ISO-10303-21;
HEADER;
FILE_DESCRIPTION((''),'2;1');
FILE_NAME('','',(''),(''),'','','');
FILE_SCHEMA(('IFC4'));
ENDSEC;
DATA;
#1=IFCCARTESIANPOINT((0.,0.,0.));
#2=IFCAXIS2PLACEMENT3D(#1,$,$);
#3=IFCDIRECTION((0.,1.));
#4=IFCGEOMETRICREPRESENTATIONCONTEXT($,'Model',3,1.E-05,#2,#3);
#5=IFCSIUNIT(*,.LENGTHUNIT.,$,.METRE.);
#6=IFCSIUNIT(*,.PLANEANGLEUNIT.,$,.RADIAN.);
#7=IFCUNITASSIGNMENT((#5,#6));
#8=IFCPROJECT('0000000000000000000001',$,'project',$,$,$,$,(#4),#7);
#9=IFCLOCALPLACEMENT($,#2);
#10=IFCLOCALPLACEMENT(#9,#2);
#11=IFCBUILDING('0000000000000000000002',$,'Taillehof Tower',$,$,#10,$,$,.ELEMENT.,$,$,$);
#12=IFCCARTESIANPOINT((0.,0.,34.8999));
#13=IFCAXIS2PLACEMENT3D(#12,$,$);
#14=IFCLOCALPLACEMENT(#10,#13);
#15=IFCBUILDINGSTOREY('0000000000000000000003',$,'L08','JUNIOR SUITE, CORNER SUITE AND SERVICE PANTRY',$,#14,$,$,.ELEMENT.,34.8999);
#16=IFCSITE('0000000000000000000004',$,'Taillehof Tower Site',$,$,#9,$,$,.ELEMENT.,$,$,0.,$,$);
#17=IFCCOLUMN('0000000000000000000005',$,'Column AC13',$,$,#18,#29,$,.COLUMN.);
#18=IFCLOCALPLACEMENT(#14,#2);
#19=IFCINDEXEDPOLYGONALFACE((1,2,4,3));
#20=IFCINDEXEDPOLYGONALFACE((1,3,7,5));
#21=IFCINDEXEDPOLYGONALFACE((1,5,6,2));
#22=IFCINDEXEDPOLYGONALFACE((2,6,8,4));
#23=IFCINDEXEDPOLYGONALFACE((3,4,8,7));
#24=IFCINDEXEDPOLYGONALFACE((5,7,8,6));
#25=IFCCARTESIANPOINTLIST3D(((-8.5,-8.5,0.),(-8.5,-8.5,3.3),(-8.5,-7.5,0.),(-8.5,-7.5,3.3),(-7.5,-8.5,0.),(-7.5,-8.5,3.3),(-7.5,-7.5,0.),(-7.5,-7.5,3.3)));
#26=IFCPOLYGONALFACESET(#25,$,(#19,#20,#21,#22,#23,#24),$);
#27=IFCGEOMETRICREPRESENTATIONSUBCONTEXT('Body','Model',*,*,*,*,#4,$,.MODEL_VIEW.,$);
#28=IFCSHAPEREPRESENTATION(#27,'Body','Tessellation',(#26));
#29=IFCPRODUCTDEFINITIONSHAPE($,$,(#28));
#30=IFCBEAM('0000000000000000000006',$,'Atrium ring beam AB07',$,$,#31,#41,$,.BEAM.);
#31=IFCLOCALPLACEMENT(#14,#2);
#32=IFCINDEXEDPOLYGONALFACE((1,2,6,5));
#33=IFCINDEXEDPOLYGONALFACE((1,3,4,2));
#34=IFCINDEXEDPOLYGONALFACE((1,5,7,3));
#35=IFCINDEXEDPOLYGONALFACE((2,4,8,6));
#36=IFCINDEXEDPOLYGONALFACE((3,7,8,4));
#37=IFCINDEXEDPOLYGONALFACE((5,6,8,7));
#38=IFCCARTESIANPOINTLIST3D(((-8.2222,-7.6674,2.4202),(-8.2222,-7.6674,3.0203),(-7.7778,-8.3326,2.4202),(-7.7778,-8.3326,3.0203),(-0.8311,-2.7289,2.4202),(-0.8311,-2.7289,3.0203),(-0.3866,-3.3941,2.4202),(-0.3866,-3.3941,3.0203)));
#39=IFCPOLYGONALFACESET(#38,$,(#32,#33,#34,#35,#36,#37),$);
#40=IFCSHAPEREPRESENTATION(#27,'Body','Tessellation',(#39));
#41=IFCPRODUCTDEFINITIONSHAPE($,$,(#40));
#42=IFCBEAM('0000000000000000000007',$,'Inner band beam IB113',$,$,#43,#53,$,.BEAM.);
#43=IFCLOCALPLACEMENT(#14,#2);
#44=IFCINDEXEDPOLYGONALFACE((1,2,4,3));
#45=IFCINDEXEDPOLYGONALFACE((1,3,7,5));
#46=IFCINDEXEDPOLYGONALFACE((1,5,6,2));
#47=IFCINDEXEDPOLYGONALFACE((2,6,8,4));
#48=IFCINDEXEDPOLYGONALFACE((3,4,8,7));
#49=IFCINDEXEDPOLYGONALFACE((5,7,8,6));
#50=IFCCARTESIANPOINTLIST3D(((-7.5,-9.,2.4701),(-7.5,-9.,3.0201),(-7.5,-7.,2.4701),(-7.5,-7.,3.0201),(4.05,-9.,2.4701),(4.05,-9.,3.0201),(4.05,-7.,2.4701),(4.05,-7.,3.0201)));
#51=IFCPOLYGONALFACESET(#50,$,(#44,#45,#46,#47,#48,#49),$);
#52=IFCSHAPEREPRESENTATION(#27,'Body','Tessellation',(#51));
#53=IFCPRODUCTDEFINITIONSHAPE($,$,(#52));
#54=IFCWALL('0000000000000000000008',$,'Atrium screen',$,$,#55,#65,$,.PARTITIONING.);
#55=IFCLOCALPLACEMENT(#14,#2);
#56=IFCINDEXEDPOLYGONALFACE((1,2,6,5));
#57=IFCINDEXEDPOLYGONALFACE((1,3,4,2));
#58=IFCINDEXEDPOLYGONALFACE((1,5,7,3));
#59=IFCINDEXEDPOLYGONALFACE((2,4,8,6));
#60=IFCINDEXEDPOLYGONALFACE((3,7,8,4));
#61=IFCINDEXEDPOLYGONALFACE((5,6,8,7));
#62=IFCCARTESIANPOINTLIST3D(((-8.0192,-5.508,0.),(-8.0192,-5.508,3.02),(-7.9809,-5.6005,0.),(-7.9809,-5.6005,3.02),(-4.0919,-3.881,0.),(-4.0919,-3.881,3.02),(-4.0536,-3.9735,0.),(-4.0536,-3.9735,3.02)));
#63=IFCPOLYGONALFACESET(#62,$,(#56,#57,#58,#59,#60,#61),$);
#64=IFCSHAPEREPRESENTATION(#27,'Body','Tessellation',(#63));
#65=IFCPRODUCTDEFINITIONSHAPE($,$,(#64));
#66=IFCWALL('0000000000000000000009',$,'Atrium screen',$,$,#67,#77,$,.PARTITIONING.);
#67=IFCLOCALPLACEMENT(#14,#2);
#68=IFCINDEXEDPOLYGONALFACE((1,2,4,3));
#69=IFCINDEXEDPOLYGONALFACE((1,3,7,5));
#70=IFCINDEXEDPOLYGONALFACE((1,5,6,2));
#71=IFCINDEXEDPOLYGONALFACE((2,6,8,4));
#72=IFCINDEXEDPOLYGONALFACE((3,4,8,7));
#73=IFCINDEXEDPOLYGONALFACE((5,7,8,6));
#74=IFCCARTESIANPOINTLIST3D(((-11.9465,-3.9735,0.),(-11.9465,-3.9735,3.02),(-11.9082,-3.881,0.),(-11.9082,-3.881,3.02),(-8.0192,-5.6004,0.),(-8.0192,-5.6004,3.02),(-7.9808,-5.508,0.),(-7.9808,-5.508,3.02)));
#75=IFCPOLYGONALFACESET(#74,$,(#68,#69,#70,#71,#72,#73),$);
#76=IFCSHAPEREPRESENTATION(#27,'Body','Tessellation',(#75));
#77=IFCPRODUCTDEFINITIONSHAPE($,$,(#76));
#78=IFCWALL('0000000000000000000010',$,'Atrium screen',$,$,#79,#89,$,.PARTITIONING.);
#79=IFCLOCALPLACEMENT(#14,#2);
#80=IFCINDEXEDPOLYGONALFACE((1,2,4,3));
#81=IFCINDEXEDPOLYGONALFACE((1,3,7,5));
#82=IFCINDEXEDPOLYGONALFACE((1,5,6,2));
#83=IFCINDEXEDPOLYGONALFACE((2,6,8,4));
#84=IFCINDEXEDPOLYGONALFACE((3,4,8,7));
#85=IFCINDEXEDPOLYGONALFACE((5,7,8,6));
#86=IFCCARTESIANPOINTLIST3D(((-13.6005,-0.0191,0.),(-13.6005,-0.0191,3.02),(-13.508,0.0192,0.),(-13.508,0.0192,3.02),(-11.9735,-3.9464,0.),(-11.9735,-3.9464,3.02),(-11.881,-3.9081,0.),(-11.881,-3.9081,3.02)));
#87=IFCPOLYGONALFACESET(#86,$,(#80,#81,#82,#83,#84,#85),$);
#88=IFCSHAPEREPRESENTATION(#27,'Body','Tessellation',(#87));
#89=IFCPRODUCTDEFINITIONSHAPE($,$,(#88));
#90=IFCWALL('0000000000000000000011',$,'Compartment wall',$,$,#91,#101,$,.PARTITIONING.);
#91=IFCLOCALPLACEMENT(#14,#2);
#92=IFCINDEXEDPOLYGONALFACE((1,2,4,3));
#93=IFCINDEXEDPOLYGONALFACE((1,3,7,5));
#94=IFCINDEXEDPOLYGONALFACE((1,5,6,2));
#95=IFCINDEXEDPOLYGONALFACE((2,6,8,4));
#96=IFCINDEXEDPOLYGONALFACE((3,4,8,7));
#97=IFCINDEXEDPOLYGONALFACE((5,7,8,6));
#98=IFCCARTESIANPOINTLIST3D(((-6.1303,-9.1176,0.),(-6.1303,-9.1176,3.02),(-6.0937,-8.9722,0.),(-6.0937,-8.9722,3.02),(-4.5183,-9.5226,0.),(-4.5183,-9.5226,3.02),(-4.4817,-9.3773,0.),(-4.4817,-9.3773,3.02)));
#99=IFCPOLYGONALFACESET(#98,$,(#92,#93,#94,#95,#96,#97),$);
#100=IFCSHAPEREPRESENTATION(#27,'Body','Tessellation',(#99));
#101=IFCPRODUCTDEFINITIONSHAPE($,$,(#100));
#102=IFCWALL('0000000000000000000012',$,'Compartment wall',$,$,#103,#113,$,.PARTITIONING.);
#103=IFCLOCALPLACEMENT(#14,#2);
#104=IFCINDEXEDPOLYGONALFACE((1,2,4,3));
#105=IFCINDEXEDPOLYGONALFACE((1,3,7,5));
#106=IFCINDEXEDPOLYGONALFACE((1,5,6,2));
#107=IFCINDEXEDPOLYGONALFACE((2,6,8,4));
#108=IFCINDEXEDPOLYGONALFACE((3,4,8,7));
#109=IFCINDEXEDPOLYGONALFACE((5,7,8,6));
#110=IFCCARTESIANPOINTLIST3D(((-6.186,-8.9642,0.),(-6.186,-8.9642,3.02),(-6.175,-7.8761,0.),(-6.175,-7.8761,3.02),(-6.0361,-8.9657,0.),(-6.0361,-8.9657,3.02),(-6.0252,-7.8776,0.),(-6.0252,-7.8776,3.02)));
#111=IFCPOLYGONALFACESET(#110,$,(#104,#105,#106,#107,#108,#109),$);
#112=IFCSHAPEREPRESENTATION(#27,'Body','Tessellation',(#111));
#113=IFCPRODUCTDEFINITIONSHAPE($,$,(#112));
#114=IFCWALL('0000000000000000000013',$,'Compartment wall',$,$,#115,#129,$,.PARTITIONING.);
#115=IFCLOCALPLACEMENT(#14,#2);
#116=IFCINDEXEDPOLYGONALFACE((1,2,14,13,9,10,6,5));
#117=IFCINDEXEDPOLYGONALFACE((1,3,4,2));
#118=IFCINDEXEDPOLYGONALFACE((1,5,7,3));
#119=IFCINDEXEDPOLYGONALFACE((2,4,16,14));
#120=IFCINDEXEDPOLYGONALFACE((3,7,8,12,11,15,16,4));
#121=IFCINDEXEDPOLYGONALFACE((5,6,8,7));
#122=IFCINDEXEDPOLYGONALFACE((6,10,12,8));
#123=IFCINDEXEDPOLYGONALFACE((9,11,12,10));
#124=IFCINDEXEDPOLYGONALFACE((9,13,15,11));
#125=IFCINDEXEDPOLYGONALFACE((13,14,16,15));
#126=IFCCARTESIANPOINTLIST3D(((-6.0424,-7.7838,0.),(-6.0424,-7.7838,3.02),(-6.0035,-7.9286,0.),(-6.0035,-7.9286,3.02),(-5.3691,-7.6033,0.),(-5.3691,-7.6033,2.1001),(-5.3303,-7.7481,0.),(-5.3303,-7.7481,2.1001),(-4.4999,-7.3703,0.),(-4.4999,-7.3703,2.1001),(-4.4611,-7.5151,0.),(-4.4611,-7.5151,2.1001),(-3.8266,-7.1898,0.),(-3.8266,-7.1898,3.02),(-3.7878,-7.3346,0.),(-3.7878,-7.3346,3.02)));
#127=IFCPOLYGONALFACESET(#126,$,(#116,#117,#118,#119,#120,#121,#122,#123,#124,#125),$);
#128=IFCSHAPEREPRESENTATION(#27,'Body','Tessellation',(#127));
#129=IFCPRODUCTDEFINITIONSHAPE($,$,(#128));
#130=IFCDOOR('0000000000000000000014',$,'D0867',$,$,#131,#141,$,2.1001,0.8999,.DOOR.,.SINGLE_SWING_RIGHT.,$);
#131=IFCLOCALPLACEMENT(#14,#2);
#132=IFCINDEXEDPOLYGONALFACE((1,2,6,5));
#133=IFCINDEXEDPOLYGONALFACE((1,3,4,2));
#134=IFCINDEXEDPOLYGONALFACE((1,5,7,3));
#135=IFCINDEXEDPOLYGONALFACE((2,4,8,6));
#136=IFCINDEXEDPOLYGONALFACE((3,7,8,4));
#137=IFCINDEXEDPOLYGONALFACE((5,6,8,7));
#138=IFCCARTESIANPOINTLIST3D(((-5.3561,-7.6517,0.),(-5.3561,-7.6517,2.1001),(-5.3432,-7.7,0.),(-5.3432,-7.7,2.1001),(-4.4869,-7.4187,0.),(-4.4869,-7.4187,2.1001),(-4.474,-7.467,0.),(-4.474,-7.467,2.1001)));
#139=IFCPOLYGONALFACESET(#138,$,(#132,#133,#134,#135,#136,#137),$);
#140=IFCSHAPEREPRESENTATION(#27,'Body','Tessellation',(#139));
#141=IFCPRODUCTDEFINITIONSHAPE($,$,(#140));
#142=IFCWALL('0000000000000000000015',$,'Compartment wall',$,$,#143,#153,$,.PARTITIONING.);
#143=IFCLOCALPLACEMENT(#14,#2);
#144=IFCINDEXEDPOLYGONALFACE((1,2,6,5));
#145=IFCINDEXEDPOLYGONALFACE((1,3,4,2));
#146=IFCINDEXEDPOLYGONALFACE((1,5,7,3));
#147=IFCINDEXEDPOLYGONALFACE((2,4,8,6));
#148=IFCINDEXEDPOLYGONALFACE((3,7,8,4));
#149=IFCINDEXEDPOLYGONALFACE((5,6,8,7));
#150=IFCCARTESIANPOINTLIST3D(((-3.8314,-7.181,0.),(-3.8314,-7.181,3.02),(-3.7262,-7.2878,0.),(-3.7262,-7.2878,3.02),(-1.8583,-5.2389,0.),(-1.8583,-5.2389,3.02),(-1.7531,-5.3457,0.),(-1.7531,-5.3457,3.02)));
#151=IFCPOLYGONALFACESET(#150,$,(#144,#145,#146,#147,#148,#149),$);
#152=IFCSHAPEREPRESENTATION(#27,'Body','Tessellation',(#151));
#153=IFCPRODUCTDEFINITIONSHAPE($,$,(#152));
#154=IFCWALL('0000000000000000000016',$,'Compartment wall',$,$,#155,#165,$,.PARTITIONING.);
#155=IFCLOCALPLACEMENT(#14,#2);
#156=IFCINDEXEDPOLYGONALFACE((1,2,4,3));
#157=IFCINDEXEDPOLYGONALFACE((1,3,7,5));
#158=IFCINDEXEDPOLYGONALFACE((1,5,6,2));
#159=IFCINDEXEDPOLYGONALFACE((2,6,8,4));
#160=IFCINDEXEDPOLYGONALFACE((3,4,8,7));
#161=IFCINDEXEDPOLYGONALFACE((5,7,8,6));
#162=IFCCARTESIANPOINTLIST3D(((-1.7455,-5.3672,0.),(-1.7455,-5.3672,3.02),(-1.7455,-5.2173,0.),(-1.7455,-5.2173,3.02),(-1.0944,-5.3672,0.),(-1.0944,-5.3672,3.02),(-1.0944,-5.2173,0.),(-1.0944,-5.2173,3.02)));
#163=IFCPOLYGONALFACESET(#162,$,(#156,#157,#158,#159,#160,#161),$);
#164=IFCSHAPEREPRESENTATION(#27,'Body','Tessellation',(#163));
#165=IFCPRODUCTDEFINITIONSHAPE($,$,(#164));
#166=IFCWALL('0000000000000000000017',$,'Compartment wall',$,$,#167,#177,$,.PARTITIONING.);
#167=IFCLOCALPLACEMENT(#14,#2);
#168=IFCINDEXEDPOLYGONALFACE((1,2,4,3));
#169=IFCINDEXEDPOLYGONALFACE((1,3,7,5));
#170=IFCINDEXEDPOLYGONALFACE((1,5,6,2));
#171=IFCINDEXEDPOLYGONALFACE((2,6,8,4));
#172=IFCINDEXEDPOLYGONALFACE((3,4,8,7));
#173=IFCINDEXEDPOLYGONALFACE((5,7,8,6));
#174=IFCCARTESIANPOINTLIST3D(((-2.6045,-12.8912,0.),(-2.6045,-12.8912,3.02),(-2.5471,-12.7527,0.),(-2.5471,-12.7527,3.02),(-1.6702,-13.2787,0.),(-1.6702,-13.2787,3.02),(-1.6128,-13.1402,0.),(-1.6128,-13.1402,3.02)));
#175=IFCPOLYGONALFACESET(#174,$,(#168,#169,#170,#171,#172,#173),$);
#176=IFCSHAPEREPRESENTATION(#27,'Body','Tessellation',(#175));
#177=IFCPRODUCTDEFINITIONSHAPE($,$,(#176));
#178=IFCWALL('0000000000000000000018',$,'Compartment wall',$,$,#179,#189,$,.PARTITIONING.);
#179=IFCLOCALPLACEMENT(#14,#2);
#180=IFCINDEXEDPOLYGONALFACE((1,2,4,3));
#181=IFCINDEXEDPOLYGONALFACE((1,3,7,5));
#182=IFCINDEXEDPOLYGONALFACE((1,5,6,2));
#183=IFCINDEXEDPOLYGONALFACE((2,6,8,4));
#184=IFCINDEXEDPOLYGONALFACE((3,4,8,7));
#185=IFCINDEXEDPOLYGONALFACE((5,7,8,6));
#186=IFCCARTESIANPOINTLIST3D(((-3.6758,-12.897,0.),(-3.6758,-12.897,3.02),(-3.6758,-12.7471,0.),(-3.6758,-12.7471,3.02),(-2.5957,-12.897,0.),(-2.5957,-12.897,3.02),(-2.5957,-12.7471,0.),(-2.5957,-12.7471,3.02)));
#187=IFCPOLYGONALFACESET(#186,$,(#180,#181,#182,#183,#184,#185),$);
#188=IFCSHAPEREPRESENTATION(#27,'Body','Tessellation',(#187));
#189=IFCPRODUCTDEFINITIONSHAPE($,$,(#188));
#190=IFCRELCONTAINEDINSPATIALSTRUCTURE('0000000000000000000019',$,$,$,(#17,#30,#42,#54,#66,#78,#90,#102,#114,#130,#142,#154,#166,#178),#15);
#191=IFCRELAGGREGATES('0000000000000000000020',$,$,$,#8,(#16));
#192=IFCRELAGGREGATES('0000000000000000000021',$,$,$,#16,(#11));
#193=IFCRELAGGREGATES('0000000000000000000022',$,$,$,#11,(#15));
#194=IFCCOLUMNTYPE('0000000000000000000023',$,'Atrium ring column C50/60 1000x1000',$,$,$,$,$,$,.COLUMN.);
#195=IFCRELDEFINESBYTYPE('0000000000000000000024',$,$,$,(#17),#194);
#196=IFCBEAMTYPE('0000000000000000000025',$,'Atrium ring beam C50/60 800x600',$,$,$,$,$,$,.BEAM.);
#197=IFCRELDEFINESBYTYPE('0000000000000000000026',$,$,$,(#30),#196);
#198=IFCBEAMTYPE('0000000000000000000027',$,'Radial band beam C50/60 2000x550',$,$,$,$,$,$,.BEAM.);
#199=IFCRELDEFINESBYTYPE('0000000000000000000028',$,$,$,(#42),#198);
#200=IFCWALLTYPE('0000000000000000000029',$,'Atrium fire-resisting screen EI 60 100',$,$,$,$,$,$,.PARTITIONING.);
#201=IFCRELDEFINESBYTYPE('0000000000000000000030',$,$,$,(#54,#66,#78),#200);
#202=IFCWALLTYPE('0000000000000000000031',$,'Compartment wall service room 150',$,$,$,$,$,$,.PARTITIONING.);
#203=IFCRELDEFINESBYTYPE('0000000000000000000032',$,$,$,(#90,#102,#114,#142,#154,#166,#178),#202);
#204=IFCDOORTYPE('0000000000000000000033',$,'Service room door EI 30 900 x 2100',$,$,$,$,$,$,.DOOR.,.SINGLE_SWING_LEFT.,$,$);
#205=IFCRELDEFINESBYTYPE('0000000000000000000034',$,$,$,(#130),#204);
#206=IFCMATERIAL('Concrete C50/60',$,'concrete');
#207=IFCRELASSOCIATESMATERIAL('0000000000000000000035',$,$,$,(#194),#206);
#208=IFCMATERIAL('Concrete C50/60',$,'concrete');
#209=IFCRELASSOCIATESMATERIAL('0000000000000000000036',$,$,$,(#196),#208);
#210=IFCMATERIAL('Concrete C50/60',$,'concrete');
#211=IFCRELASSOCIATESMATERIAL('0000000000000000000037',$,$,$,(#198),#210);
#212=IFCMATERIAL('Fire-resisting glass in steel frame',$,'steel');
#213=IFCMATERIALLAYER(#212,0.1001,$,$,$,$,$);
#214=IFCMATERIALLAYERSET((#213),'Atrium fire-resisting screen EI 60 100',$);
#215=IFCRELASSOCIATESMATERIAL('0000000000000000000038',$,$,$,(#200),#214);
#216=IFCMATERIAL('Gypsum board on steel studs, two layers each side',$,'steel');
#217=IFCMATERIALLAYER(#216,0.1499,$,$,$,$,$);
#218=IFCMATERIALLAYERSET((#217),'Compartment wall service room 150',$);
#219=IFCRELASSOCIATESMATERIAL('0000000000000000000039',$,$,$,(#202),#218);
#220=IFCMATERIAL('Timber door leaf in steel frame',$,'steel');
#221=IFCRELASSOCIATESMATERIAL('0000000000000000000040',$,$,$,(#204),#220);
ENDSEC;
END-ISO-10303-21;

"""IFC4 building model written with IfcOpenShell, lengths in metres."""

from ifc_helpers import new_model, si_unit, direction, frame, frame_2d, origin, origin_2d, place, context, subcontext, project, spatial, rectangle, extrude, material, layer, layer_set, material_profile, profile_set, type_object, element, fill, save


model = new_model("IFC4")

# Units and contexts
model_context = context("Model", 3, precision=1e-05, world=origin(), true_north=direction((0.0, 1.0)))
body_context = subcontext(model_context, "Body", "Model", "MODEL_VIEW")
ifc_project = project(units=[si_unit("LENGTHUNIT", "METRE"), si_unit("PLANEANGLEUNIT", "RADIAN")], contexts=[model_context])

# Site, building, storey
site_placement = place(None, origin())
site = spatial("IfcSite", under=ifc_project, at=site_placement, Name="Taillehof Tower Site", CompositionType="ELEMENT", RefElevation=0.0)
building_placement = place(site_placement, origin())
building = spatial("IfcBuilding", under=site, at=building_placement, Name="Taillehof Tower", CompositionType="ELEMENT")
storey_placement = place(building_placement, frame((0.0, 0.0, 34.8999)))
storey = spatial("IfcBuildingStorey", under=building, at=storey_placement, Name="L08", Description="JUNIOR SUITE, CORNER SUITE AND SERVICE PANTRY", CompositionType="ELEMENT", Elevation=34.8999)

# Column
ifc_material_1 = material(Name="Concrete C50/60", Category="concrete")
ifc_material_profile_1 = material_profile(ifc_material_1, rectangle(XDim=1.0, YDim=1.0, at=origin_2d()), Name="RC 1000x1000")
ifc_profile_set_1 = profile_set([ifc_material_profile_1], Name="Concrete C50/60")
column_type = type_object("IfcColumnType", Name="Atrium ring column C50/60 1000x1000", PredefinedType="COLUMN", material=ifc_profile_set_1)
column_placement = place(storey_placement, frame((-8.0, -8.0, 0.0), z_axis=(0.0, 0.0, 1.0), x_axis=(1.0, 0.0, 0.0)))
element("IfcColumn", 1, at=column_placement, inside=storey, type_object=column_type, Name="Column AC13", PredefinedType="COLUMN", context=body_context, shape_type="SweptSolid", body=[
    extrude(rectangle(XDim=1.0, YDim=1.0, at=origin_2d()), origin(), (0.0, 0.0, 1.0), 3.3),
])

# Beams
ifc_material_2 = material(Name="Concrete C50/60", Category="concrete")
ifc_material_profile_2 = material_profile(ifc_material_2, rectangle(XDim=0.8, YDim=0.6001, at=origin_2d()), Name="RC 800x600")
ifc_profile_set_2 = profile_set([ifc_material_profile_2], Name="Concrete C50/60")
beam_type_1 = type_object("IfcBeamType", Name="Atrium ring beam C50/60 800x600", PredefinedType="BEAM", material=ifc_profile_set_2)
beam_1_placement = place(storey_placement, frame((-8.0, -8.0, 2.7202), z_axis=(0.831475, 0.555562, 0.0), x_axis=(-0.555562, 0.831475, 0.0)))
element("IfcBeam", 2, at=beam_1_placement, inside=storey, type_object=beam_type_1, Name="Atrium ring beam AB07", PredefinedType="BEAM", context=body_context, shape_type="SweptSolid", body=[
    extrude(rectangle(XDim=0.8, YDim=0.6001, at=origin_2d()), origin(), (0.0, 0.0, 1.0), 8.8892),
])
ifc_material_3 = material(Name="Concrete C50/60", Category="concrete")
ifc_material_profile_3 = material_profile(ifc_material_3, rectangle(XDim=2.0, YDim=0.55, at=origin_2d()), Name="RC 2000x550")
ifc_profile_set_3 = profile_set([ifc_material_profile_3], Name="Concrete C50/60")
beam_type_2 = type_object("IfcBeamType", Name="Radial band beam C50/60 2000x550", PredefinedType="BEAM", material=ifc_profile_set_3)
beam_2_placement = place(storey_placement, frame((-7.5, -8.0, 2.7451), z_axis=(1.0, 0.0, 0.0), x_axis=(0.0, 1.0, 0.0)))
element("IfcBeam", 3, at=beam_2_placement, inside=storey, type_object=beam_type_2, Name="Inner band beam IB113", PredefinedType="BEAM", context=body_context, shape_type="SweptSolid", body=[
    extrude(rectangle(XDim=2.0, YDim=0.55, at=origin_2d()), origin(), (0.0, 0.0, 1.0), 11.55),
])

# Walls
ifc_material_4 = material(Name="Fire-resisting glass in steel frame", Category="steel")
ifc_layer_1 = layer(ifc_material_4, 0.1001)
ifc_layer_set_1 = layer_set([ifc_layer_1], Name="Atrium fire-resisting screen EI 60 100")
wall_type_1 = type_object("IfcWallType", Name="Atrium fire-resisting screen EI 60 100", PredefinedType="PARTITIONING", material=ifc_layer_set_1)
for number, where, z_axis, x_axis, name in (
    (4, (-4.0728, -3.9272, 0.0), (0.0, 0.0, 1.0), (-0.92386, -0.382731, 0.0), "Atrium screen"),
    (5, (-8.0, -5.5542, 0.0), (0.0, 0.0, 1.0), (-0.92386, 0.382731, 0.0), "Atrium screen"),
    (6, (-11.9272, -3.9272, 0.0), (0.0, 0.0, 1.0), (-0.382731, 0.92386, 0.0), "Atrium screen"),
):
    element("IfcWall", number, at=place(storey_placement, frame(where, z_axis=z_axis, x_axis=x_axis)), inside=storey, type_object=wall_type_1, Name=name, PredefinedType="PARTITIONING", context=body_context, shape_type="SweptSolid", body=[
        extrude(rectangle(XDim=4.251, YDim=0.1001, at=frame_2d((2.1255, 0.0))), origin(), (0.0, 0.0, 1.0), 3.02),
    ])
ifc_material_5 = material(Name="Gypsum board on steel studs, two layers each side", Category="steel")
ifc_layer_2 = layer(ifc_material_5, 0.1499)
ifc_layer_set_2 = layer_set([ifc_layer_2], Name="Compartment wall service room 150")
wall_type_2 = type_object("IfcWallType", Name="Compartment wall service room 150", PredefinedType="PARTITIONING", material=ifc_layer_set_2)
wall_1_placement = place(storey_placement, frame((-4.5, -9.45, 0.0), z_axis=(0.0, 0.0, 1.0), x_axis=(-0.969857, 0.243676, 0.0)))
element("IfcWall", 7, at=wall_1_placement, inside=storey, type_object=wall_type_2, Name="Compartment wall", PredefinedType="PARTITIONING", context=body_context, shape_type="SweptSolid", body=[
    extrude(rectangle(XDim=1.6621, YDim=0.1499, at=frame_2d((0.8311, 0.0))), origin(), (0.0, 0.0, 1.0), 3.02),
])
wall_2_placement = place(storey_placement, frame((-6.1111, -8.9648, 0.0), z_axis=(0.0, 0.0, 1.0), x_axis=(0.010096, 0.999949, 0.0)))
element("IfcWall", 8, at=wall_2_placement, inside=storey, type_object=wall_type_2, Name="Compartment wall", PredefinedType="PARTITIONING", context=body_context, shape_type="SweptSolid", body=[
    extrude(rectangle(XDim=1.0881, YDim=0.1499, at=frame_2d((0.5439, 0.0))), origin(), (0.0, 0.0, 1.0), 3.02),
])

# Wall, opening, door
wall_3_placement = place(storey_placement, frame((-6.0229, -7.8562, 0.0), z_axis=(0.0, 0.0, 1.0), x_axis=(0.965897, 0.258928, 0.0)))
wall_3 = element("IfcWall", 9, at=wall_3_placement, inside=storey, type_object=wall_type_2, Name="Compartment wall", PredefinedType="PARTITIONING", context=body_context, shape_type="SweptSolid", body=[
    extrude(rectangle(XDim=2.2939, YDim=0.1499, at=frame_2d((1.147, 0.0))), origin(), (0.0, 0.0, 1.0), 3.02),
])
opening_1_placement = place(wall_3_placement, frame((0.697, 0.0, 0.0)))
opening_1 = element("IfcOpeningElement", 10, at=opening_1_placement, cuts=wall_3, PredefinedType="OPENING", context=body_context, shape_type="SweptSolid", body=[
    extrude(rectangle(XDim=0.8999, YDim=2.1001, at=frame_2d((0.45, 1.05))), frame((0.0, 0.085, 0.0), z_axis=(0.0, -1.0, 0.0), x_axis=(1.0, 0.0, 0.0)), (0.0, 0.0, 1.0), 0.1699),
])
ifc_material_6 = material(Name="Timber door leaf in steel frame", Category="steel")
door_type_1 = type_object("IfcDoorType", Name="Service room door EI 30 900 x 2100", OperationType="SINGLE_SWING_LEFT", PredefinedType="DOOR", material=ifc_material_6)
door_1_placement = place(opening_1_placement, origin())
door_1 = element("IfcDoor", 11, at=door_1_placement, inside=storey, type_object=door_type_1, Name="D0867", OperationType="SINGLE_SWING_RIGHT", OverallHeight=2.1001, OverallWidth=0.8999, PredefinedType="DOOR", context=body_context, shape_type="SweptSolid", body=[
    extrude(rectangle(XDim=0.8999, YDim=2.1001, at=frame_2d((0.45, 1.05))), frame((0.0, 0.0249, 0.0), z_axis=(0.0, -1.0, 0.0), x_axis=(1.0, 0.0, 0.0)), (0.0, 0.0, 1.0), 0.05),
])
fill(opening_1, door_1)

# Walls
wall_4_placement = place(storey_placement, frame((-3.7788, -7.2344, 0.0), z_axis=(0.0, 0.0, 1.0), x_axis=(0.712684, 0.701485, 0.0)))
element("IfcWall", 12, at=wall_4_placement, inside=storey, type_object=wall_type_2, Name="Compartment wall", PredefinedType="PARTITIONING", context=body_context, shape_type="SweptSolid", body=[
    extrude(rectangle(XDim=2.7686, YDim=0.1499, at=frame_2d((1.3843, 0.0))), origin(), (0.0, 0.0, 1.0), 3.02),
])
wall_5_placement = place(storey_placement, frame((-1.7456, -5.2922, 0.0), z_axis=(0.0, 0.0, 1.0), x_axis=(1.0, 0.0, 0.0)))
element("IfcWall", 13, at=wall_5_placement, inside=storey, type_object=wall_type_2, Name="Compartment wall", PredefinedType="PARTITIONING", context=body_context, shape_type="SweptSolid", body=[
    extrude(rectangle(XDim=0.6511, YDim=0.1499, at=frame_2d((0.3257, 0.0))), origin(), (0.0, 0.0, 1.0), 3.02),
])
wall_6_placement = place(storey_placement, frame((-1.6414, -13.2095, 0.0), z_axis=(0.0, 0.0, 1.0), x_axis=(-0.923725, 0.383055, 0.0)))
element("IfcWall", 14, at=wall_6_placement, inside=storey, type_object=wall_type_2, Name="Compartment wall", PredefinedType="PARTITIONING", context=body_context, shape_type="SweptSolid", body=[
    extrude(rectangle(XDim=1.0115, YDim=0.1499, at=frame_2d((0.5059, 0.0))), origin(), (0.0, 0.0, 1.0), 3.02),
])
wall_7_placement = place(storey_placement, frame((-2.5957, -12.822, 0.0), z_axis=(0.0, 0.0, 1.0), x_axis=(-1.0, 0.0, 0.0)))
element("IfcWall", 15, at=wall_7_placement, inside=storey, type_object=wall_type_2, Name="Compartment wall", PredefinedType="PARTITIONING", context=body_context, shape_type="SweptSolid", body=[
    extrude(rectangle(XDim=1.0801, YDim=0.1499, at=frame_2d((0.54, 0.0))), origin(), (0.0, 0.0, 1.0), 3.02),
])

save(model, "model.ifc")
